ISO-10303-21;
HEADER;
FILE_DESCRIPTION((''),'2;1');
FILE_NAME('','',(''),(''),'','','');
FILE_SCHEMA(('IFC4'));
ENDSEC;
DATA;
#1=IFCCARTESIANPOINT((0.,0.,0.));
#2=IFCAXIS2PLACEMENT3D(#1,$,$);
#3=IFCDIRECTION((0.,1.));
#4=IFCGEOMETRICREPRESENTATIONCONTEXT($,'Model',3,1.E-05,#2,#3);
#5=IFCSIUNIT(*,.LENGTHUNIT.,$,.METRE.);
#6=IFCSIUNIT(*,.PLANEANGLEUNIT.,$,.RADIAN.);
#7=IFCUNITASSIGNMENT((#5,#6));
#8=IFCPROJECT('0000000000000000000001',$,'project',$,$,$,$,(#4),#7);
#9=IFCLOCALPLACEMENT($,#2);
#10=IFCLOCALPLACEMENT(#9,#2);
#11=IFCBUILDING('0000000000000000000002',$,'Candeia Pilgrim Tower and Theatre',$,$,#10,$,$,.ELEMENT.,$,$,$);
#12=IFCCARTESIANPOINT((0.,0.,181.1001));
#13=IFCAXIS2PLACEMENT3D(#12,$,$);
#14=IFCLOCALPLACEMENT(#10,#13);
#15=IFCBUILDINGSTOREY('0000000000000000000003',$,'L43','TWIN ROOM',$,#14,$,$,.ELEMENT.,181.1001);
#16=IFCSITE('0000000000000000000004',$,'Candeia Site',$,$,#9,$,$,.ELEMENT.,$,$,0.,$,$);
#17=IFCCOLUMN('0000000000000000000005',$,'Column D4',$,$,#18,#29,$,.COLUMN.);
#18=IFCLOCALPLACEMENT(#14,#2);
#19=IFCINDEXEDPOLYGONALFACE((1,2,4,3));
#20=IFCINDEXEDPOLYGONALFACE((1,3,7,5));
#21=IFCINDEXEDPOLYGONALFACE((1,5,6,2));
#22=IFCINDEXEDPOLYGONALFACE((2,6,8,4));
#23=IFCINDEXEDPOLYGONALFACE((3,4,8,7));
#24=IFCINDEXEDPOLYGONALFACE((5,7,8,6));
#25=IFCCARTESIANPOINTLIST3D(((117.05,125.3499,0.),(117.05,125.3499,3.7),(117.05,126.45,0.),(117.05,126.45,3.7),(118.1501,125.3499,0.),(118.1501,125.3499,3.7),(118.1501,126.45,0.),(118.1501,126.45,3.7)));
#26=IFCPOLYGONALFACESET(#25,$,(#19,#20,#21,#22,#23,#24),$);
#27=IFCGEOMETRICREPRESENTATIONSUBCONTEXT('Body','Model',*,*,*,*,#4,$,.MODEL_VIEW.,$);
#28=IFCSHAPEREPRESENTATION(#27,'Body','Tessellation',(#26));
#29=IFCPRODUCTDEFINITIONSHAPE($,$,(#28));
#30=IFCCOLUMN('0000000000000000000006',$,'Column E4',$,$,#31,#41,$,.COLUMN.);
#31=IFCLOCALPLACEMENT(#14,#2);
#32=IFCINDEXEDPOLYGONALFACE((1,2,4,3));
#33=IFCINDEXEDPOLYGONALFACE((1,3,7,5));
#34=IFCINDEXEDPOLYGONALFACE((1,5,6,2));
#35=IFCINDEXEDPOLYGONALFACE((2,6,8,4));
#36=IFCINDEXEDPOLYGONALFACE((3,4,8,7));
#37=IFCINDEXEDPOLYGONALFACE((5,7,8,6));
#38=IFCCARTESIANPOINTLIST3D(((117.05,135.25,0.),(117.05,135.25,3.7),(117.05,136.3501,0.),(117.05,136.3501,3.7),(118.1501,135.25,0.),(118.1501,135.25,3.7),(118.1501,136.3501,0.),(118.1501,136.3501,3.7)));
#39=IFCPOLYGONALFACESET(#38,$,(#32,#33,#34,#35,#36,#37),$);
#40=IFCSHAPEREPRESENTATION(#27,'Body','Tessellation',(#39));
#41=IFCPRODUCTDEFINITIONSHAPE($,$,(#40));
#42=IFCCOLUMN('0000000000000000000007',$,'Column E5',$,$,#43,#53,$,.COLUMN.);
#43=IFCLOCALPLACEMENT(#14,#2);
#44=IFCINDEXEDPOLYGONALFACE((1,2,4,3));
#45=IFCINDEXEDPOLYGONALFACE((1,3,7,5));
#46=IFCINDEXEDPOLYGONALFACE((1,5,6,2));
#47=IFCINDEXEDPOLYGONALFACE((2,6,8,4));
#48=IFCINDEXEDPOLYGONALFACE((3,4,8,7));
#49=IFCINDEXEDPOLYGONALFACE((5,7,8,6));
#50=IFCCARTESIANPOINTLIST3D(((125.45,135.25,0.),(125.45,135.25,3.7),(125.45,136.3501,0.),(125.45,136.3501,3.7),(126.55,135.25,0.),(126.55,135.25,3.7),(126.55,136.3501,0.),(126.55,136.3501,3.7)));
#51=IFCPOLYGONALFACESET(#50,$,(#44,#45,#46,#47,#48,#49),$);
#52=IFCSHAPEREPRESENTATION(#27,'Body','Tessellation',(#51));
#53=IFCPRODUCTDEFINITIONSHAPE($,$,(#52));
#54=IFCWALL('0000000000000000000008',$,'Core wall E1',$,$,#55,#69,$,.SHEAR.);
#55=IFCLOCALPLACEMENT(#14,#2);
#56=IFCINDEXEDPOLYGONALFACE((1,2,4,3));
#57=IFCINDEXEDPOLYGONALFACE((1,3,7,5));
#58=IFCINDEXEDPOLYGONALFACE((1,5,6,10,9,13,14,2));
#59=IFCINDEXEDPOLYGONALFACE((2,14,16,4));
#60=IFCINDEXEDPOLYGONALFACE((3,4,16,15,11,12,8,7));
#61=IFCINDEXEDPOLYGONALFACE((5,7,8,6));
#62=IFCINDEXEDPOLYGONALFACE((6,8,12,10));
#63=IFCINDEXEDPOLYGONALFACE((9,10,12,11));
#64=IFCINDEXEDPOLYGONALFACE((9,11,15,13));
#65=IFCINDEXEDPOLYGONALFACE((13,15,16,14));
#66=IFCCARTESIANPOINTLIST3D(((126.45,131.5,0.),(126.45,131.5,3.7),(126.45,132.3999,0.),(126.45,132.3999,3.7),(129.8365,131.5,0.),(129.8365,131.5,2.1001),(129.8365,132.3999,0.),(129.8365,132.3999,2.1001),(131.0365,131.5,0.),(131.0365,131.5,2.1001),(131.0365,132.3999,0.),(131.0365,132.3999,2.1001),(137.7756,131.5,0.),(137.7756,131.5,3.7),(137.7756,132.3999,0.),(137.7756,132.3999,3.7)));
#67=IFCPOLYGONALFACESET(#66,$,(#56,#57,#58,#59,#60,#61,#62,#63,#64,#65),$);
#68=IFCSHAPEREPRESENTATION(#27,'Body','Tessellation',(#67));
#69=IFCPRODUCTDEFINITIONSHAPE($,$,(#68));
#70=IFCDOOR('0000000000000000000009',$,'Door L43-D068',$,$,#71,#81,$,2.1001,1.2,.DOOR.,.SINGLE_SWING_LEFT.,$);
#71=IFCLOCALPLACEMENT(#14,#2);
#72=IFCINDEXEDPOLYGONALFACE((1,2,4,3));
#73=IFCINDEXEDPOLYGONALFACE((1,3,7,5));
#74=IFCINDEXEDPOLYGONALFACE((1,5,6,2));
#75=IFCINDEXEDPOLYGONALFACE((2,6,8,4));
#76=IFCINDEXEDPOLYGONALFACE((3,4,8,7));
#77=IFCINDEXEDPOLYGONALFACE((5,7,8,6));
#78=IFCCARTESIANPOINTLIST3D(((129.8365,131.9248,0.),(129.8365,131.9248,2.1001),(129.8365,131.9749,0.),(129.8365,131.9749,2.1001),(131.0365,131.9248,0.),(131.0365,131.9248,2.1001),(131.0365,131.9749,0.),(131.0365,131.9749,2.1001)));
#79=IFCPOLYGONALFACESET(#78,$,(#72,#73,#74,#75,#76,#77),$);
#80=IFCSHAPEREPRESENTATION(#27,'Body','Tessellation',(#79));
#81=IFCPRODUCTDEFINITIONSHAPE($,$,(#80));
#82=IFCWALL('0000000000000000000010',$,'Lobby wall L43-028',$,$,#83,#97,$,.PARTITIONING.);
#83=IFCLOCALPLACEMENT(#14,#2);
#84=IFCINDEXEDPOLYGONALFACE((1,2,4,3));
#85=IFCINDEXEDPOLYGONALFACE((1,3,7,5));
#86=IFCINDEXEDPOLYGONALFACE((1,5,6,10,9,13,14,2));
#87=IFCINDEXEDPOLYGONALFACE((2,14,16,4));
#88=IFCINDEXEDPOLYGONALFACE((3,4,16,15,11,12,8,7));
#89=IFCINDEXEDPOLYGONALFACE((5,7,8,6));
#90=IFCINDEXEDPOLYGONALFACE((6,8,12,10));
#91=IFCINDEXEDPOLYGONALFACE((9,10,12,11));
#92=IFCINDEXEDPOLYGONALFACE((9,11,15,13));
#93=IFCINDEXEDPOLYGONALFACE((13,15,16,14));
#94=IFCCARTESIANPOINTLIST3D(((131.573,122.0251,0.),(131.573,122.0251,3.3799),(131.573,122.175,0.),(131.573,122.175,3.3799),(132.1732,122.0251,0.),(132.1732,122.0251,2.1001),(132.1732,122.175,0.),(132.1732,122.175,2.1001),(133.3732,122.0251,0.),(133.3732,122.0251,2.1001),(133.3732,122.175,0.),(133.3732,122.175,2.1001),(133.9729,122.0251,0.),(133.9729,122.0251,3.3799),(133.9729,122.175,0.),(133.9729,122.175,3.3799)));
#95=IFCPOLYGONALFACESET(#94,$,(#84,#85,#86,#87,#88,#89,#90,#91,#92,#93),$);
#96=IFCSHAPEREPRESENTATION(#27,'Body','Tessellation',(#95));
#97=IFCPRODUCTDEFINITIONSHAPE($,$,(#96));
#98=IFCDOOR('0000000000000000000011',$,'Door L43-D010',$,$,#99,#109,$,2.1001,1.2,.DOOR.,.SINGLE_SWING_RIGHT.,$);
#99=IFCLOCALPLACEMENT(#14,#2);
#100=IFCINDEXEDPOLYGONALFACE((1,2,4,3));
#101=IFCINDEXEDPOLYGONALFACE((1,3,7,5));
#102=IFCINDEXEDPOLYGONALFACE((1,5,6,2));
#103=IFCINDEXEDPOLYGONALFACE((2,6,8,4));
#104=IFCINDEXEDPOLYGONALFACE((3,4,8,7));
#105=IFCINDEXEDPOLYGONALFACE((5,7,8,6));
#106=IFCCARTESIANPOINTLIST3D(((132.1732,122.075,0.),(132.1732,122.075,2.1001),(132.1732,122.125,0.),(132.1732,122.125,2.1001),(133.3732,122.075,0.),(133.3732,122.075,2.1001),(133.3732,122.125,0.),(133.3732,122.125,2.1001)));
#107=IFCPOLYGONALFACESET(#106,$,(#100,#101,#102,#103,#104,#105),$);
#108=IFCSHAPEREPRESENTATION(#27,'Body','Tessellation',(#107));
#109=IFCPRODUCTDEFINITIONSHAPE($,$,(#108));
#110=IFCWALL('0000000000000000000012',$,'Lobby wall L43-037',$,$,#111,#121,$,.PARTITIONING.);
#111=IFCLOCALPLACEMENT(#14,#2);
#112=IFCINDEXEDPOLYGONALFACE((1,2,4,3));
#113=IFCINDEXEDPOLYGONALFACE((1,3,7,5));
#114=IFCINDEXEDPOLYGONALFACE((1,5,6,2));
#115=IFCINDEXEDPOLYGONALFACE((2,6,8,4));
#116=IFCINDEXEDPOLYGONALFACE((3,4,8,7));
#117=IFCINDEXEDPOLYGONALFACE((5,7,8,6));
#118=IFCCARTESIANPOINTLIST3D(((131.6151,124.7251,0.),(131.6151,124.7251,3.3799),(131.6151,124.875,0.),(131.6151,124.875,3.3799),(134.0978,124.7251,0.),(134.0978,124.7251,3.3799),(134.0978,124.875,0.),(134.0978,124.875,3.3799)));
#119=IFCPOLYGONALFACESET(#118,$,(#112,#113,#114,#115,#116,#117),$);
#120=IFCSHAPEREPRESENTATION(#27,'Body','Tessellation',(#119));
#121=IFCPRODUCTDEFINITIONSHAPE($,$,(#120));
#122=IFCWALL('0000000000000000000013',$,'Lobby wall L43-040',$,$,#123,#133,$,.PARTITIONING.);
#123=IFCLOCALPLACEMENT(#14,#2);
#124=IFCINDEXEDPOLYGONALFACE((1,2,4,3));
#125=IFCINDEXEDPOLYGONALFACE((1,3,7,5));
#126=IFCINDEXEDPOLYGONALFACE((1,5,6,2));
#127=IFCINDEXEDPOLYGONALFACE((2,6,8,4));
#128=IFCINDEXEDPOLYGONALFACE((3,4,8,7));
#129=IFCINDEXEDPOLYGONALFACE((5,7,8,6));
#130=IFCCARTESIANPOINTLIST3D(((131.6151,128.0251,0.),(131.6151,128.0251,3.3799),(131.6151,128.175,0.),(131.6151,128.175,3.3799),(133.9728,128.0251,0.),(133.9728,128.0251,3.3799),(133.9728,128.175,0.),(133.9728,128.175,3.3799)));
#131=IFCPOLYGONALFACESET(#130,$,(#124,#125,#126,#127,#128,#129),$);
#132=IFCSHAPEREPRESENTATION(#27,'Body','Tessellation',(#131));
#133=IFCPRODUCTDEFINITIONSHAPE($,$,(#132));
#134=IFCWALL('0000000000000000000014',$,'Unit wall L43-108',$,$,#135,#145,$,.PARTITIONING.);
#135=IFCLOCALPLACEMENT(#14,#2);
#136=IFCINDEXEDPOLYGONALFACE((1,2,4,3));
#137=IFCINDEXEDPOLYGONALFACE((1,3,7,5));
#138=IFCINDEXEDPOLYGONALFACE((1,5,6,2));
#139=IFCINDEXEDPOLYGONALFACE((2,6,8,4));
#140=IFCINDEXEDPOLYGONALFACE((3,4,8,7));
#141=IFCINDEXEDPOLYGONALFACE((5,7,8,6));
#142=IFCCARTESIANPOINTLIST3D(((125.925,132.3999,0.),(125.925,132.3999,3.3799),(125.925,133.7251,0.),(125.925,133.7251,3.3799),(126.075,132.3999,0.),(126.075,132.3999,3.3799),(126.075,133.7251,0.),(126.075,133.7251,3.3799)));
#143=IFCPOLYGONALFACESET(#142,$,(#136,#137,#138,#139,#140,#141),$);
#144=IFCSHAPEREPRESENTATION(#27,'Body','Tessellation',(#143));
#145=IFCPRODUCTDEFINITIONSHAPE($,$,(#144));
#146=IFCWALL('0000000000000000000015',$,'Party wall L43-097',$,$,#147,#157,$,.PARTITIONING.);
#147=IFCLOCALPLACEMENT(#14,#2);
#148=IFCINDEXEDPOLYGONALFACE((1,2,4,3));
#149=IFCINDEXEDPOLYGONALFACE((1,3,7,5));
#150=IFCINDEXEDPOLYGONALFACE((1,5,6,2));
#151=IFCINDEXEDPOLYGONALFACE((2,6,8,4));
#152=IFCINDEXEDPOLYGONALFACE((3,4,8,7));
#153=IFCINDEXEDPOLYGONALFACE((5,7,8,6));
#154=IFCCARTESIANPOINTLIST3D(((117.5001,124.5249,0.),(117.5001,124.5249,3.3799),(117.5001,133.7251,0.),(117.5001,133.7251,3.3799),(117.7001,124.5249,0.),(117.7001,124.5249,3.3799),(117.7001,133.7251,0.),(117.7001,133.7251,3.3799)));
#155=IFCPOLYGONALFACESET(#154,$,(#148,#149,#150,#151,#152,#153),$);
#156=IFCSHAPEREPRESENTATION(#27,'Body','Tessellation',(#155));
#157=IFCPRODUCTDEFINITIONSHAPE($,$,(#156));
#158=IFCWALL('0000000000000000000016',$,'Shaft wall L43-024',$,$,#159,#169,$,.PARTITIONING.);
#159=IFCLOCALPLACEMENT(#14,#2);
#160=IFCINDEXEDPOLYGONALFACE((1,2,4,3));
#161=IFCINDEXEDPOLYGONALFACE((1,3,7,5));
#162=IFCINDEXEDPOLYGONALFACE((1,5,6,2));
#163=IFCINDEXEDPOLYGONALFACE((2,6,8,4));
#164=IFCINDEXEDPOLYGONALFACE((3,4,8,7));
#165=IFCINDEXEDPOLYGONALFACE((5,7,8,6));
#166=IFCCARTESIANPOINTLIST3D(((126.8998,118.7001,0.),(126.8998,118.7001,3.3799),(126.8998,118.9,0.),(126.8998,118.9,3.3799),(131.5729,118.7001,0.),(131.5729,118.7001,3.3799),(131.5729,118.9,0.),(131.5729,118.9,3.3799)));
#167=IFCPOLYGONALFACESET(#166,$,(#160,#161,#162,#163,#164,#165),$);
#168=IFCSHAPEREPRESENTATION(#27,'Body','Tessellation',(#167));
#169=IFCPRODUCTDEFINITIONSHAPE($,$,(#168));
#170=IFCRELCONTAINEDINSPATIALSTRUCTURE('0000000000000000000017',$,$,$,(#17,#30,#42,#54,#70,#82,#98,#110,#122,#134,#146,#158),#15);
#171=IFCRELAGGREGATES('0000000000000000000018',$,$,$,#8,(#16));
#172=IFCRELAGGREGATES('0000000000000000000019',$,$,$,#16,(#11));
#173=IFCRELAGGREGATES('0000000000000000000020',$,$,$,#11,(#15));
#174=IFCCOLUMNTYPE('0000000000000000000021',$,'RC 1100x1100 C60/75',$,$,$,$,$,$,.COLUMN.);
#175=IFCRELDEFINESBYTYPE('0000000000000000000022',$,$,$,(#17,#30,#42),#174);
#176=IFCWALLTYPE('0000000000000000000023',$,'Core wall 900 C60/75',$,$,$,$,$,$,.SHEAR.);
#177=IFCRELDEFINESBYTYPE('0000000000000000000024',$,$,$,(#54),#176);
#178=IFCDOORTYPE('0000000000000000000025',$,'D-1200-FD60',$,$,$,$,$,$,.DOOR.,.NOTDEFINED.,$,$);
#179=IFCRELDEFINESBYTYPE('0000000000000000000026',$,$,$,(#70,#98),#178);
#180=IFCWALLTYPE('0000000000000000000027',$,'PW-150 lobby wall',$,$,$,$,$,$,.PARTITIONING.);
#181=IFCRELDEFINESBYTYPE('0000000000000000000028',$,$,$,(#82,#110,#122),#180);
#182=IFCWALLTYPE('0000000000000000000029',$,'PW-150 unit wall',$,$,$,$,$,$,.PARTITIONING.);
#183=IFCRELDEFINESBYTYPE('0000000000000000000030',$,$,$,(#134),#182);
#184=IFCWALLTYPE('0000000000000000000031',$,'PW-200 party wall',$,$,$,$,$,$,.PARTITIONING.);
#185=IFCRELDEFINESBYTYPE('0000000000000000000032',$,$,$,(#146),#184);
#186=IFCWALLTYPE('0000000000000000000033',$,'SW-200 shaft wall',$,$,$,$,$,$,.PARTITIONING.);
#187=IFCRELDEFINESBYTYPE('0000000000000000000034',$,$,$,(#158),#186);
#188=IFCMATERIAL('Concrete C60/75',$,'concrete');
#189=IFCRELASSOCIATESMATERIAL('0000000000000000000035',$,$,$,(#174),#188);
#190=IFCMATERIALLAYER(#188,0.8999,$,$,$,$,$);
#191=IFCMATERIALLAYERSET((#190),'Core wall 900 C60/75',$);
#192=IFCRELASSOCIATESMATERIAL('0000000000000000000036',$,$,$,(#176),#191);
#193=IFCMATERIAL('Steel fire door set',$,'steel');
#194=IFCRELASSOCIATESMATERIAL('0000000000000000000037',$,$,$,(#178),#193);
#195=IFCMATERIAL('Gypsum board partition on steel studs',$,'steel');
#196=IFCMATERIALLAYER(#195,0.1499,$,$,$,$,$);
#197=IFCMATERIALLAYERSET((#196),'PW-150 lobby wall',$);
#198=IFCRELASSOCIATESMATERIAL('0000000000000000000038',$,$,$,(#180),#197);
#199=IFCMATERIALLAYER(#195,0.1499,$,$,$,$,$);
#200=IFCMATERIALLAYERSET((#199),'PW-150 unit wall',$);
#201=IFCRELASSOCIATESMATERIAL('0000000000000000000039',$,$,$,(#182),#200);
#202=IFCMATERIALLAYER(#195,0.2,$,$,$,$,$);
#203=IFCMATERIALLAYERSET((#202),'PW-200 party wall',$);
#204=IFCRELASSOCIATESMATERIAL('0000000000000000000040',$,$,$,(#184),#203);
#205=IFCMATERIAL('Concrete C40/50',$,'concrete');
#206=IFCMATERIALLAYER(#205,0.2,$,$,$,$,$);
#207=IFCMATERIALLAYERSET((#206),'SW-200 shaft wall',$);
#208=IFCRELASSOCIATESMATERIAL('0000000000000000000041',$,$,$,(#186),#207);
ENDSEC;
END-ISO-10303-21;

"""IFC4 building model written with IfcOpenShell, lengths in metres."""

from ifc_helpers import new_model, si_unit, direction, frame, frame_2d, origin, origin_2d, place, context, subcontext, project, spatial, rectangle, extrude, material, layer, layer_set, material_profile, profile_set, type_object, element, fill, save


model = new_model("IFC4")

# Units and contexts
model_context = context("Model", 3, precision=1e-05, world=origin(), true_north=direction((0.0, 1.0)))
body_context = subcontext(model_context, "Body", "Model", "MODEL_VIEW")
ifc_project = project(units=[si_unit("LENGTHUNIT", "METRE"), si_unit("PLANEANGLEUNIT", "RADIAN")], contexts=[model_context])

# Site, building, storey
site_placement = place(None, origin())
site = spatial("IfcSite", under=ifc_project, at=site_placement, Name="Candeia Site", CompositionType="ELEMENT", RefElevation=0.0)
building_placement = place(site_placement, origin())
building = spatial("IfcBuilding", under=site, at=building_placement, Name="Candeia Pilgrim Tower and Theatre", CompositionType="ELEMENT")
storey_placement = place(building_placement, frame((0.0, 0.0, 181.1001)))
storey = spatial("IfcBuildingStorey", under=building, at=storey_placement, Name="L43", Description="TWIN ROOM", CompositionType="ELEMENT", Elevation=181.1001)

# Columns
ifc_material_1 = material(Name="Concrete C60/75", Category="concrete")
ifc_material_profile = material_profile(ifc_material_1, rectangle(XDim=1.1001, YDim=1.1001, at=origin_2d()))
ifc_profile_set = profile_set([ifc_material_profile], Name="Concrete C60/75")
column_type = type_object("IfcColumnType", Name="RC 1100x1100 C60/75", PredefinedType="COLUMN", material=ifc_profile_set)
for number, where, z_axis, x_axis, name in (
    (1, (117.6001, 125.8999, 0.0), (0.0, 0.0, 1.0), (1.0, 0.0, 0.0), "Column D4"),
    (2, (117.6001, 135.8, 0.0), (0.0, 0.0, 1.0), (1.0, 0.0, 0.0), "Column E4"),
    (3, (126.0, 135.8, 0.0), (0.0, 0.0, 1.0), (1.0, 0.0, 0.0), "Column E5"),
):
    element("IfcColumn", number, at=place(storey_placement, frame(where, z_axis=z_axis, x_axis=x_axis)), inside=storey, type_object=column_type, Name=name, PredefinedType="COLUMN", context=body_context, shape_type="SweptSolid", body=[
        extrude(rectangle(XDim=1.1001, YDim=1.1001, at=origin_2d()), origin(), (0.0, 0.0, 1.0), 3.7),
    ])

# Walls, openings, doors
ifc_layer_1 = layer(ifc_material_1, 0.8999)
ifc_layer_set_1 = layer_set([ifc_layer_1], Name="Core wall 900 C60/75")
wall_type_1 = type_object("IfcWallType", Name="Core wall 900 C60/75", PredefinedType="SHEAR", material=ifc_layer_set_1)
wall_1_placement = place(storey_placement, frame((126.45, 131.95, 0.0), z_axis=(0.0, 0.0, 1.0), x_axis=(1.0, 0.0, 0.0)))
wall_1 = element("IfcWall", 4, at=wall_1_placement, inside=storey, type_object=wall_type_1, Name="Core wall E1", PredefinedType="SHEAR", context=body_context, shape_type="SweptSolid", body=[
    extrude(rectangle(XDim=11.3257, YDim=0.8999, at=frame_2d((5.6628, 0.0))), origin(), (0.0, 0.0, 1.0), 3.7),
])
opening_1_placement = place(wall_1_placement, frame((3.3865, 0.0, 0.0)))
opening_1 = element("IfcOpeningElement", 5, at=opening_1_placement, cuts=wall_1, PredefinedType="OPENING", context=body_context, shape_type="SweptSolid", body=[
    extrude(rectangle(XDim=1.2, YDim=2.1001, at=frame_2d((0.6001, 1.05))), frame((0.0, 0.46, 0.0), z_axis=(0.0, -1.0, 0.0), x_axis=(1.0, 0.0, 0.0)), (0.0, 0.0, 1.0), 0.9199),
])
ifc_material_2 = material(Name="Steel fire door set", Category="steel")
door_type_1 = type_object("IfcDoorType", Name="D-1200-FD60", OperationType="NOTDEFINED", PredefinedType="DOOR", material=ifc_material_2)
door_1_placement = place(opening_1_placement, origin())
door_1 = element("IfcDoor", 6, at=door_1_placement, inside=storey, type_object=door_type_1, Name="Door L43-D068", OperationType="SINGLE_SWING_LEFT", OverallHeight=2.1001, OverallWidth=1.2, PredefinedType="DOOR", context=body_context, shape_type="SweptSolid", body=[
    extrude(rectangle(XDim=1.2, YDim=2.1001, at=frame_2d((0.6001, 1.05))), frame((0.0, 0.0249, 0.0), z_axis=(0.0, -1.0, 0.0), x_axis=(1.0, 0.0, 0.0)), (0.0, 0.0, 1.0), 0.05),
])
fill(opening_1, door_1)
ifc_material_3 = material(Name="Gypsum board partition on steel studs", Category="steel")
ifc_layer_2 = layer(ifc_material_3, 0.1499)
ifc_layer_set_2 = layer_set([ifc_layer_2], Name="PW-150 lobby wall")
wall_type_2 = type_object("IfcWallType", Name="PW-150 lobby wall", PredefinedType="PARTITIONING", material=ifc_layer_set_2)
wall_2_placement = place(storey_placement, frame((131.573, 122.1001, 0.0), z_axis=(0.0, 0.0, 1.0), x_axis=(1.0, 0.0, 0.0)))
wall_2 = element("IfcWall", 7, at=wall_2_placement, inside=storey, type_object=wall_type_2, Name="Lobby wall L43-028", PredefinedType="PARTITIONING", context=body_context, shape_type="SweptSolid", body=[
    extrude(rectangle(XDim=2.3999, YDim=0.1499, at=frame_2d((1.2, 0.0))), origin(), (0.0, 0.0, 1.0), 3.3799),
])
opening_2_placement = place(wall_2_placement, frame((0.6001, 0.0, 0.0)))
opening_2 = element("IfcOpeningElement", 8, at=opening_2_placement, cuts=wall_2, PredefinedType="OPENING", context=body_context, shape_type="SweptSolid", body=[
    extrude(rectangle(XDim=1.2, YDim=2.1001, at=frame_2d((0.6001, 1.05))), frame((0.0, 0.085, 0.0), z_axis=(0.0, -1.0, 0.0), x_axis=(1.0, 0.0, 0.0)), (0.0, 0.0, 1.0), 0.1699),
])
door_2_placement = place(opening_2_placement, origin())
door_2 = element("IfcDoor", 9, at=door_2_placement, inside=storey, type_object=door_type_1, Name="Door L43-D010", OperationType="SINGLE_SWING_RIGHT", OverallHeight=2.1001, OverallWidth=1.2, PredefinedType="DOOR", context=body_context, shape_type="SweptSolid", body=[
    extrude(rectangle(XDim=1.2, YDim=2.1001, at=frame_2d((0.6001, 1.05))), frame((0.0, 0.0249, 0.0), z_axis=(0.0, -1.0, 0.0), x_axis=(1.0, 0.0, 0.0)), (0.0, 0.0, 1.0), 0.05),
])
fill(opening_2, door_2)

# Walls
wall_3_placement = place(storey_placement, frame((131.6152, 124.8, 0.0), z_axis=(0.0, 0.0, 1.0), x_axis=(1.0, 0.0, 0.0)))
element("IfcWall", 10, at=wall_3_placement, inside=storey, type_object=wall_type_2, Name="Lobby wall L43-037", PredefinedType="PARTITIONING", context=body_context, shape_type="SweptSolid", body=[
    extrude(rectangle(XDim=2.4827, YDim=0.1499, at=frame_2d((1.2412, 0.0))), origin(), (0.0, 0.0, 1.0), 3.3799),
])
wall_4_placement = place(storey_placement, frame((131.6152, 128.1001, 0.0), z_axis=(0.0, 0.0, 1.0), x_axis=(1.0, 0.0, 0.0)))
element("IfcWall", 11, at=wall_4_placement, inside=storey, type_object=wall_type_2, Name="Lobby wall L43-040", PredefinedType="PARTITIONING", context=body_context, shape_type="SweptSolid", body=[
    extrude(rectangle(XDim=2.3577, YDim=0.1499, at=frame_2d((1.1787, 0.0))), origin(), (0.0, 0.0, 1.0), 3.3799),
])
ifc_layer_3 = layer(ifc_material_3, 0.1499)
ifc_layer_set_3 = layer_set([ifc_layer_3], Name="PW-150 unit wall")
wall_type_3 = type_object("IfcWallType", Name="PW-150 unit wall", PredefinedType="PARTITIONING", material=ifc_layer_set_3)
wall_5_placement = place(storey_placement, frame((126.0, 132.3999, 0.0), z_axis=(0.0, 0.0, 1.0), x_axis=(0.0, 1.0, 0.0)))
element("IfcWall", 12, at=wall_5_placement, inside=storey, type_object=wall_type_3, Name="Unit wall L43-108", PredefinedType="PARTITIONING", context=body_context, shape_type="SweptSolid", body=[
    extrude(rectangle(XDim=1.3252, YDim=0.1499, at=frame_2d((0.6626, 0.0))), origin(), (0.0, 0.0, 1.0), 3.3799),
])
ifc_layer_4 = layer(ifc_material_3, 0.2)
ifc_layer_set_4 = layer_set([ifc_layer_4], Name="PW-200 party wall")
wall_type_4 = type_object("IfcWallType", Name="PW-200 party wall", PredefinedType="PARTITIONING", material=ifc_layer_set_4)
wall_6_placement = place(storey_placement, frame((117.6001, 124.5249, 0.0), z_axis=(0.0, 0.0, 1.0), x_axis=(0.0, 1.0, 0.0)))
element("IfcWall", 13, at=wall_6_placement, inside=storey, type_object=wall_type_4, Name="Party wall L43-097", PredefinedType="PARTITIONING", context=body_context, shape_type="SweptSolid", body=[
    extrude(rectangle(XDim=9.2002, YDim=0.2, at=frame_2d((4.6001, 0.0))), origin(), (0.0, 0.0, 1.0), 3.3799),
])
ifc_material_4 = material(Name="Concrete C40/50", Category="concrete")
ifc_layer_5 = layer(ifc_material_4, 0.2)
ifc_layer_set_5 = layer_set([ifc_layer_5], Name="SW-200 shaft wall")
wall_type_5 = type_object("IfcWallType", Name="SW-200 shaft wall", PredefinedType="PARTITIONING", material=ifc_layer_set_5)
wall_7_placement = place(storey_placement, frame((126.8999, 118.8, 0.0), z_axis=(0.0, 0.0, 1.0), x_axis=(1.0, 0.0, 0.0)))
element("IfcWall", 14, at=wall_7_placement, inside=storey, type_object=wall_type_5, Name="Shaft wall L43-024", PredefinedType="PARTITIONING", context=body_context, shape_type="SweptSolid", body=[
    extrude(rectangle(XDim=4.6731, YDim=0.2, at=frame_2d((2.3364, 0.0))), origin(), (0.0, 0.0, 1.0), 3.3799),
])

save(model, "model.ifc")
